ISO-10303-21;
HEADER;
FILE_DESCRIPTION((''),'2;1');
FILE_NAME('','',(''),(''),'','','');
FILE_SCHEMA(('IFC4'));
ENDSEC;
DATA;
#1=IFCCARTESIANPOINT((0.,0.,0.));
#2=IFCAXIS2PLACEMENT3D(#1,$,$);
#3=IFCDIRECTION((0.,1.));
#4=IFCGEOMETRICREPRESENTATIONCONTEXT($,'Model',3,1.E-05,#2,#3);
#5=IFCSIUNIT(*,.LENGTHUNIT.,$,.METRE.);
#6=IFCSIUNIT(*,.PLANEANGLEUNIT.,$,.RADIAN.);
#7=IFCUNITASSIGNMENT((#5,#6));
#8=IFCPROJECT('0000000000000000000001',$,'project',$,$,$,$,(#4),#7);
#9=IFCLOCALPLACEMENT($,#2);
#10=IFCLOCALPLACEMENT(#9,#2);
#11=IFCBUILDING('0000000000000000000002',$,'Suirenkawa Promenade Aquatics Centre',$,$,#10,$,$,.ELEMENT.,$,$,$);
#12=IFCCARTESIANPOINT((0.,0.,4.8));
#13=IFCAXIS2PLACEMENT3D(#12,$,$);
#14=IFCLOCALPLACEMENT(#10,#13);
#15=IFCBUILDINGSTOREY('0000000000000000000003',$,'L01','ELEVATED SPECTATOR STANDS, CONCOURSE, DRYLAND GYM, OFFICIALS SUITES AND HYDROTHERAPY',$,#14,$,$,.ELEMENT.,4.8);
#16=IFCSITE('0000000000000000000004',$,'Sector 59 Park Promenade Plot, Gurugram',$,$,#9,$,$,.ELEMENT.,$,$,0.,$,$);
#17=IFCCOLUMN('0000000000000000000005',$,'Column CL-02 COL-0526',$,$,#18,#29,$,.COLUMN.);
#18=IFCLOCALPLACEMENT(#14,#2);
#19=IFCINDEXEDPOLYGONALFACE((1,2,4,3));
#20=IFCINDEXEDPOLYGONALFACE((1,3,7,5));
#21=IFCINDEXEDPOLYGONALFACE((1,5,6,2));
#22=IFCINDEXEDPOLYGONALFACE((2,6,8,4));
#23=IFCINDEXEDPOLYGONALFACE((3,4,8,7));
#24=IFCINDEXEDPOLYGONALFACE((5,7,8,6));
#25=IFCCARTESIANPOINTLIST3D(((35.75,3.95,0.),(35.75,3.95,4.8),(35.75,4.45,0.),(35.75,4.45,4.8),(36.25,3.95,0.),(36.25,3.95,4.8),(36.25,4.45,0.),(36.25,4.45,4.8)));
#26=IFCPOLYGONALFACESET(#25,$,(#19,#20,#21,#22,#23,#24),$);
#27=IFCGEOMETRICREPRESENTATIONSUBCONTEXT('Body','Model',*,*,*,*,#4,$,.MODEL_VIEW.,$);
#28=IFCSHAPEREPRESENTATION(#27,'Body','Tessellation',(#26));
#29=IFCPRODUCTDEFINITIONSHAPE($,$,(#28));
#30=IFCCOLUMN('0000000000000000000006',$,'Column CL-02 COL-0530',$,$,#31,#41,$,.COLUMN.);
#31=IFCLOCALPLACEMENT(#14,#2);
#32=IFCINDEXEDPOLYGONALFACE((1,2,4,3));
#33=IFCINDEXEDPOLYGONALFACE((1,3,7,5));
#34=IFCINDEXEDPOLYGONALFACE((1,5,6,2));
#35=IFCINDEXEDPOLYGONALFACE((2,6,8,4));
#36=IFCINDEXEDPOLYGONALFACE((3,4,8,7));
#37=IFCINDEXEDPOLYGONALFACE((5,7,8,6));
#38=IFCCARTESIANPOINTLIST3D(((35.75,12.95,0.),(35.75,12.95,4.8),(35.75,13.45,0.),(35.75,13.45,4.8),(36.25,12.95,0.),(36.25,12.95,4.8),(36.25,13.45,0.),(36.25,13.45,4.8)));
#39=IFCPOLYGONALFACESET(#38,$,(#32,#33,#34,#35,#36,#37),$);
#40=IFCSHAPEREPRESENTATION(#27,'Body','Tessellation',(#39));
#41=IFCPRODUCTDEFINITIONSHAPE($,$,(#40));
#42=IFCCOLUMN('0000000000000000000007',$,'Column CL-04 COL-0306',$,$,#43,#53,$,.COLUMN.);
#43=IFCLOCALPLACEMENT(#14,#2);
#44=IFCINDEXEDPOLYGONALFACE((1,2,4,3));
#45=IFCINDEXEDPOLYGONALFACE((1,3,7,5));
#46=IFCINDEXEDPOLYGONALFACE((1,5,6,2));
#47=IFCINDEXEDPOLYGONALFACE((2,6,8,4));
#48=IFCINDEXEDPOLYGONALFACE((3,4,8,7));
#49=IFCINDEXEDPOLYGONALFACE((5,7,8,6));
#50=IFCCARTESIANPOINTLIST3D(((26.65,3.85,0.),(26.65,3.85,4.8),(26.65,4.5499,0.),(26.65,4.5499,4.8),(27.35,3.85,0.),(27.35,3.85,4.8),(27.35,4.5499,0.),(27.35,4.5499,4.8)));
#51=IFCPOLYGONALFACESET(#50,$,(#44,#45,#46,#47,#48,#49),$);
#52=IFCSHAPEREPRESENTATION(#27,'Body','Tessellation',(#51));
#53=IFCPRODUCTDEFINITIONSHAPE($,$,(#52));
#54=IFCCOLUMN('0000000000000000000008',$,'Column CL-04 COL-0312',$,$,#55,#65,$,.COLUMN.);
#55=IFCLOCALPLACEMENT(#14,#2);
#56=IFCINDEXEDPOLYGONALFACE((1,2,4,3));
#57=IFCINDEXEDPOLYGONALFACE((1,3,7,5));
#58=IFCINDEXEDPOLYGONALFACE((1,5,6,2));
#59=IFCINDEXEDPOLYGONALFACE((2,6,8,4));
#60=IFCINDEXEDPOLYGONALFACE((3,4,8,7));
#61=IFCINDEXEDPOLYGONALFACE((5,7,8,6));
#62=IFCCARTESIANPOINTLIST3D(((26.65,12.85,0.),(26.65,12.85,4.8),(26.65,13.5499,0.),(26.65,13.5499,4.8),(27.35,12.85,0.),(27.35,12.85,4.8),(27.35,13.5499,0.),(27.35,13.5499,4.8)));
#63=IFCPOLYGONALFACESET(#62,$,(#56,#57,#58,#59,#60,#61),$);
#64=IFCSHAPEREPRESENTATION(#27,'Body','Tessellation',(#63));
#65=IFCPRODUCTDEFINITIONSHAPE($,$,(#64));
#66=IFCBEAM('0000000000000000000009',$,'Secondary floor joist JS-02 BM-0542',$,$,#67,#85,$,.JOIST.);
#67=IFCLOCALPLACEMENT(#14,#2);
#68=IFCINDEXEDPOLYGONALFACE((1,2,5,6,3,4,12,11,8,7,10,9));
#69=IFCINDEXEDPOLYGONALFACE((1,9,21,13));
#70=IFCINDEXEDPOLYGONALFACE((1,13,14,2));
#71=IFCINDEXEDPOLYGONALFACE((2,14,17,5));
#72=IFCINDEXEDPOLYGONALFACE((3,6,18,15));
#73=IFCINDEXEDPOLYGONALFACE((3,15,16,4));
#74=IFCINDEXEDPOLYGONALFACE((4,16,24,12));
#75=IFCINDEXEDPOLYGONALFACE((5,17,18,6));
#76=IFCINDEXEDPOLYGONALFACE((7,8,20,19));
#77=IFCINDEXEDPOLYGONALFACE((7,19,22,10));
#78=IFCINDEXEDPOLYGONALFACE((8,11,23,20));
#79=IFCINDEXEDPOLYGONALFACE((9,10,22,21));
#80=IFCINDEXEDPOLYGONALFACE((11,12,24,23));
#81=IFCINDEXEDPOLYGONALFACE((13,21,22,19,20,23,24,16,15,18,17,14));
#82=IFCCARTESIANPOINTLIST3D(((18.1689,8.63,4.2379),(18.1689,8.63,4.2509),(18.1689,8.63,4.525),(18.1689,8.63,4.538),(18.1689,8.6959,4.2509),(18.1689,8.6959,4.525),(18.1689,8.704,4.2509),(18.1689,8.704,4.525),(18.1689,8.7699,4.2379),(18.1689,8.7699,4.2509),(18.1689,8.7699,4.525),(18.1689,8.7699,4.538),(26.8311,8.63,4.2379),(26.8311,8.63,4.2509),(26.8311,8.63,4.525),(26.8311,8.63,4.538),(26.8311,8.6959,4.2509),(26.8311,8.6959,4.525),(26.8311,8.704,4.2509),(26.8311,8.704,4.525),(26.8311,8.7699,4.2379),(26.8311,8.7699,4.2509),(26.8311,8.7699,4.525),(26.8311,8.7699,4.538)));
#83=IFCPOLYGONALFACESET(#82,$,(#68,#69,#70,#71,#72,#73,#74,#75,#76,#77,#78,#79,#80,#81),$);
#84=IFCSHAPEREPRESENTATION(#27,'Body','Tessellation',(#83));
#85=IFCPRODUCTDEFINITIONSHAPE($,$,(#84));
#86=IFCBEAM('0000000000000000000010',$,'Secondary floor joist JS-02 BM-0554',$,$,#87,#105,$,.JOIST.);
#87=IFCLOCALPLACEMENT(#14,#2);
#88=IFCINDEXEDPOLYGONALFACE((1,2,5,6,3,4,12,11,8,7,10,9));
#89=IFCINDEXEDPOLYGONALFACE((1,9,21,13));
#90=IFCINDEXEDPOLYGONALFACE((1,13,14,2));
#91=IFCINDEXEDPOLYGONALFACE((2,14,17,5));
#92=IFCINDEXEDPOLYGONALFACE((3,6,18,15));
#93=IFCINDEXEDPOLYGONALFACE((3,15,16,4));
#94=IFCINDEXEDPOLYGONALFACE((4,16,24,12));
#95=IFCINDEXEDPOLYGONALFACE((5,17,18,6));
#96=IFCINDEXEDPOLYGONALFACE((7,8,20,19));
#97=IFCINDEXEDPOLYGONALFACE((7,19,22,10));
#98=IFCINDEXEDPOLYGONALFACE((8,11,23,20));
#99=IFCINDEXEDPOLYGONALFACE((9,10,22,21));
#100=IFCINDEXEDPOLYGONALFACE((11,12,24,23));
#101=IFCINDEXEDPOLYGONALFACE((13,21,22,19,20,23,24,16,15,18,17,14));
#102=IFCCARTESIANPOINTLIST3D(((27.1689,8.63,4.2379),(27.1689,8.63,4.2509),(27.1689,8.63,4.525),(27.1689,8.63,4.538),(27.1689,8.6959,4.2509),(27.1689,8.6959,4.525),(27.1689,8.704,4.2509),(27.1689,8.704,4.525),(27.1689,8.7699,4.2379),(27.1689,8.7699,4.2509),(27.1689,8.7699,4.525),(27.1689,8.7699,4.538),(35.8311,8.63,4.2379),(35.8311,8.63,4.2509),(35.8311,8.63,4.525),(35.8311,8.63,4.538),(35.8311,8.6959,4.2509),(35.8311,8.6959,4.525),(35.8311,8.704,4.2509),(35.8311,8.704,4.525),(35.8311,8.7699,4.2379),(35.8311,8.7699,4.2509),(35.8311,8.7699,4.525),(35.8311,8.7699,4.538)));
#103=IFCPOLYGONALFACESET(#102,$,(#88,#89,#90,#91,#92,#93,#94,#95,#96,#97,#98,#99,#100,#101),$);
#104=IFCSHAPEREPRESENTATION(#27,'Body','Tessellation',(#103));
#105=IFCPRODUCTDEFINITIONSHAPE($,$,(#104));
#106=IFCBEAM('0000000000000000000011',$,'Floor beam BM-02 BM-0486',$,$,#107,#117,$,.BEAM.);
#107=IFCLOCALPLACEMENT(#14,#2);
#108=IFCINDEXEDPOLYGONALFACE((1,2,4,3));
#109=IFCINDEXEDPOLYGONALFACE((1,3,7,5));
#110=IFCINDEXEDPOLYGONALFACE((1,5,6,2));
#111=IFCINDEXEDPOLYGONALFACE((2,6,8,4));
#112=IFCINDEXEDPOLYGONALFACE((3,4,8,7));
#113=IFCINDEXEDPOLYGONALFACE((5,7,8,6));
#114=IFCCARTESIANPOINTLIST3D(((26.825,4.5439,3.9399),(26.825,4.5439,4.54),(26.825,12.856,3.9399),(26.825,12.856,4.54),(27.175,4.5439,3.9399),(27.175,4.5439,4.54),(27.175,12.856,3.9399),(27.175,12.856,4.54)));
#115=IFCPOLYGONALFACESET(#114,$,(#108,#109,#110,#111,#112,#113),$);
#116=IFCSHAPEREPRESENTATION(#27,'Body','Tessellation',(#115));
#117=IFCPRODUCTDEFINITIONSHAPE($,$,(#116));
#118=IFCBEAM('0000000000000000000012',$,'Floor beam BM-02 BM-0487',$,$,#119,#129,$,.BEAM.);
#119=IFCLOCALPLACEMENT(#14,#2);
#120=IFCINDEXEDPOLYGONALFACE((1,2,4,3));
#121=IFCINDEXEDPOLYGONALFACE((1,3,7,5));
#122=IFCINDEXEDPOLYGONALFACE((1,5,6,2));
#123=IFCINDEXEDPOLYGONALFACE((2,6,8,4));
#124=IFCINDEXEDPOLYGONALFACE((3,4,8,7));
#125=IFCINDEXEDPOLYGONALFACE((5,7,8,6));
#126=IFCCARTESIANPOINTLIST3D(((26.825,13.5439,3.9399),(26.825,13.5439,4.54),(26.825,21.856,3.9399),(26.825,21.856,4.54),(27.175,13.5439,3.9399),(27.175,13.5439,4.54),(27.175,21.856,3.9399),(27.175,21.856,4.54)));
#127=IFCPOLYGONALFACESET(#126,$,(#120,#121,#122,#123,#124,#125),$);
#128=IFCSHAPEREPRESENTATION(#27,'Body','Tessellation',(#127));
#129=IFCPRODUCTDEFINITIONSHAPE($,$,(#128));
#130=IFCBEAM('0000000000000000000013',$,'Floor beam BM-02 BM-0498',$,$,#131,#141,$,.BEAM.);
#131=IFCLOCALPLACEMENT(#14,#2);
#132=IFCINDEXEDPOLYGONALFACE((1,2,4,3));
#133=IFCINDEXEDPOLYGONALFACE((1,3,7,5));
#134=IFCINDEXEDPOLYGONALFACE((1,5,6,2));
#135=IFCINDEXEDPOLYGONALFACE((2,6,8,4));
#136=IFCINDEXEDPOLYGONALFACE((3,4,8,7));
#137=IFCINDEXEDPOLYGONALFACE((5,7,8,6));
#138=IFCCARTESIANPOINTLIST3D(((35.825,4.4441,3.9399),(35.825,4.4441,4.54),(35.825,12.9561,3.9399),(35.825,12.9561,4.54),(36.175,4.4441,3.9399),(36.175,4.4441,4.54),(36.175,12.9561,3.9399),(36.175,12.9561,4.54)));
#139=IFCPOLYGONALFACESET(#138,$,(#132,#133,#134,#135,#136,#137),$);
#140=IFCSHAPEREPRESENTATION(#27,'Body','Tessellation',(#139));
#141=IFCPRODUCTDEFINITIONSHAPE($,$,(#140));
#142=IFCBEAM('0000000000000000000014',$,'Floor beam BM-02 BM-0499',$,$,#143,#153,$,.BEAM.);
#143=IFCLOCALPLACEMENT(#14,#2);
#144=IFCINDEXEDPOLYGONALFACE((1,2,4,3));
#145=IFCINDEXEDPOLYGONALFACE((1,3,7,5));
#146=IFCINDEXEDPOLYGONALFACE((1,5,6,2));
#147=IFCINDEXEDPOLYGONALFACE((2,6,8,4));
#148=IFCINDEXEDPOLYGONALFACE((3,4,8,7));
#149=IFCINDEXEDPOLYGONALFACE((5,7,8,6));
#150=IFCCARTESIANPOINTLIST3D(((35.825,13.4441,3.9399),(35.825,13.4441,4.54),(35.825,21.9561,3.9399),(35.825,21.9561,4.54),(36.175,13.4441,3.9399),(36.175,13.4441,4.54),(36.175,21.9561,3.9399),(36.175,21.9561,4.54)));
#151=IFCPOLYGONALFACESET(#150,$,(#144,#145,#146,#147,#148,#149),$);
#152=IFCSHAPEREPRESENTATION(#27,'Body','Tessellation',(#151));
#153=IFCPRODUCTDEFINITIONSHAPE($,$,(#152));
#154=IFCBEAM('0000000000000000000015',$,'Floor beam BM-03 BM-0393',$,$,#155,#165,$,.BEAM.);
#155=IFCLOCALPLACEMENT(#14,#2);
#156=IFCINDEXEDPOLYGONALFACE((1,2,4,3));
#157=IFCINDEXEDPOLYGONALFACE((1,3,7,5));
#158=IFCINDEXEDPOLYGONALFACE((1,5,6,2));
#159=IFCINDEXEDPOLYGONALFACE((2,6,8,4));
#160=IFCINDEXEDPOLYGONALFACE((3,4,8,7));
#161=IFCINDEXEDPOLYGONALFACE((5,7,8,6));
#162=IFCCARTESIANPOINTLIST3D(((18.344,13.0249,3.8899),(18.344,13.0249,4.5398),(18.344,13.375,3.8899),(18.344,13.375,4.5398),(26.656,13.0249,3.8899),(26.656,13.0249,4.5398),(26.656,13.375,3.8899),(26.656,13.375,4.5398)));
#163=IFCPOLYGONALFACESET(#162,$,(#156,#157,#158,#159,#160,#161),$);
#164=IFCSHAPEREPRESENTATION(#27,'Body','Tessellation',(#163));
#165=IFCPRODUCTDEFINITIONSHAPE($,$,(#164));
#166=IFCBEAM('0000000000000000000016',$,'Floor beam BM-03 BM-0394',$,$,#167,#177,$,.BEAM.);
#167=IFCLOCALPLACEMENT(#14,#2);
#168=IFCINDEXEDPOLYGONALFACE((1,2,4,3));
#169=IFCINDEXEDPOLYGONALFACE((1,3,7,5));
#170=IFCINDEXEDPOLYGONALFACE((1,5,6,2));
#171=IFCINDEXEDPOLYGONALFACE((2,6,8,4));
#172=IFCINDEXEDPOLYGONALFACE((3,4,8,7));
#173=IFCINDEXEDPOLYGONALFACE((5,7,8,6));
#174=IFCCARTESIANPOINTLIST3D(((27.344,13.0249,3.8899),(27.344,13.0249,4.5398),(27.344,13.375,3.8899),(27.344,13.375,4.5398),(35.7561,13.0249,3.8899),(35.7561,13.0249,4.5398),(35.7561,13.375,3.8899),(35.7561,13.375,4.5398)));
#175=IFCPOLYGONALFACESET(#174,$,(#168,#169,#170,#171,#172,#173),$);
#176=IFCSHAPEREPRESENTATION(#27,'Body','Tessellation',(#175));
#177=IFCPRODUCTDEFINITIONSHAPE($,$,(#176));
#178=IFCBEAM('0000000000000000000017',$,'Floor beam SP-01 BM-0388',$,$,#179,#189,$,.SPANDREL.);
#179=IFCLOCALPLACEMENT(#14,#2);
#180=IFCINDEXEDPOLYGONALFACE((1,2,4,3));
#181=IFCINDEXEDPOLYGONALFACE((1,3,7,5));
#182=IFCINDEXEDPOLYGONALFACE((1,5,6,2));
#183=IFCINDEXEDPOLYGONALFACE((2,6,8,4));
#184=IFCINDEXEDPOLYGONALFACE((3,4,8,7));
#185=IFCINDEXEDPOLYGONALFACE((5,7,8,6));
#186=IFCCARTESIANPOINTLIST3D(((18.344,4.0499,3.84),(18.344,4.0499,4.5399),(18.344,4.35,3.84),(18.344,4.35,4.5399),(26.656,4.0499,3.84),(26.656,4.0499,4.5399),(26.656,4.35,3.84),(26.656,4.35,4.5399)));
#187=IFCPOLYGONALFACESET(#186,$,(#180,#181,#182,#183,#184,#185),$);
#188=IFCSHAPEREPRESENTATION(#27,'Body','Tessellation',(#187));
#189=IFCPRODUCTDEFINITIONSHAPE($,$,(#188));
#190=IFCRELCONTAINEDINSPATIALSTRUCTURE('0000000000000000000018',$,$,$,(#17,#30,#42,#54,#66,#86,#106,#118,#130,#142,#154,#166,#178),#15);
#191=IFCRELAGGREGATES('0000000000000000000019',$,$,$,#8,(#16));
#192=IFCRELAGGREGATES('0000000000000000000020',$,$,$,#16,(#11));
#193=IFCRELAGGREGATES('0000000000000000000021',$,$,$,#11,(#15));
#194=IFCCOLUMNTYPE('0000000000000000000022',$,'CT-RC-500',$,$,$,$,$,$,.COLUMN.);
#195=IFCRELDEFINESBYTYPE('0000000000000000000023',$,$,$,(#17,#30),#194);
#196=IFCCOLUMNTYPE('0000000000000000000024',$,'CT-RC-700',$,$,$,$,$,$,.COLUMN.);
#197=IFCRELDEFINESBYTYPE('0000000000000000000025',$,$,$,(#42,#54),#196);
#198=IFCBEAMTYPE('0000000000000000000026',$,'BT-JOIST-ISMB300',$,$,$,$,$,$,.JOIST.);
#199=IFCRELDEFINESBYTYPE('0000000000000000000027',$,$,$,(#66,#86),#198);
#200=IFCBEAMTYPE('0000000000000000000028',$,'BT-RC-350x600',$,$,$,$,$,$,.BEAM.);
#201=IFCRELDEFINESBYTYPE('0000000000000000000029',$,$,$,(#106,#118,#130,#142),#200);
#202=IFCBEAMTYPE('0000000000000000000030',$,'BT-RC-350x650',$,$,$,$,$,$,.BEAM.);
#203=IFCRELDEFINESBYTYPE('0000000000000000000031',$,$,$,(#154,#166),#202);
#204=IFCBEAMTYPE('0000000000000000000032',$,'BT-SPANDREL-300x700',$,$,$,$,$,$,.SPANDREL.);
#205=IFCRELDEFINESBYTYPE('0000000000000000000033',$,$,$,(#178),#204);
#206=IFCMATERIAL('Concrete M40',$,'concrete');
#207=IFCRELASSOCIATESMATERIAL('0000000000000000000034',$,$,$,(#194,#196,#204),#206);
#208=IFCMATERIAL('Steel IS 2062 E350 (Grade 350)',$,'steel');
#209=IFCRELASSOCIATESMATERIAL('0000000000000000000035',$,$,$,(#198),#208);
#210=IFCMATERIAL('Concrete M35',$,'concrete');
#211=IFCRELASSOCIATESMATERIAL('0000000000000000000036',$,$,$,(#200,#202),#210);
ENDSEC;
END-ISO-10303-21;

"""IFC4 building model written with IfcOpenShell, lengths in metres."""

from ifc_helpers import new_model, si_unit, direction, frame, origin, origin_2d, place, context, subcontext, project, spatial, rectangle, i_section, extrude, material, material_profile, profile_set, type_object, element, save


model = new_model("IFC4")

# Units and contexts
model_context = context("Model", 3, precision=1e-05, world=origin(), true_north=direction((0.0, 1.0)))
body_context = subcontext(model_context, "Body", "Model", "MODEL_VIEW")
ifc_project = project(units=[si_unit("LENGTHUNIT", "METRE"), si_unit("PLANEANGLEUNIT", "RADIAN")], contexts=[model_context])

# Site, building, storey
site_placement = place(None, origin())
site = spatial("IfcSite", under=ifc_project, at=site_placement, Name="Sector 59 Park Promenade Plot, Gurugram", CompositionType="ELEMENT", RefElevation=0.0)
building_placement = place(site_placement, origin())
building = spatial("IfcBuilding", under=site, at=building_placement, Name="Suirenkawa Promenade Aquatics Centre", CompositionType="ELEMENT")
storey_placement = place(building_placement, frame((0.0, 0.0, 4.8)))
storey = spatial("IfcBuildingStorey", under=building, at=storey_placement, Name="L01", Description="ELEVATED SPECTATOR STANDS, CONCOURSE, DRYLAND GYM, OFFICIALS SUITES AND HYDROTHERAPY", CompositionType="ELEMENT", Elevation=4.8)

# Columns
ifc_material_1 = material(Name="Concrete M40", Category="concrete")
ifc_material_profile_1 = material_profile(ifc_material_1, rectangle(XDim=0.5, YDim=0.5, at=origin_2d()), Name="RC COL 500x500", Category="concrete")
ifc_profile_set_1 = profile_set([ifc_material_profile_1], Name="Concrete M40")
column_type_1 = type_object("IfcColumnType", Name="CT-RC-500", PredefinedType="COLUMN", material=ifc_profile_set_1)
for number, where, z_axis, x_axis, name in (
    (1, (36.0, 4.2, 0.0), (0.0, 0.0, 1.0), (1.0, 0.0, 0.0), "Column CL-02 COL-0526"),
    (2, (36.0, 13.2, 0.0), (0.0, 0.0, 1.0), (1.0, 0.0, 0.0), "Column CL-02 COL-0530"),
):
    element("IfcColumn", number, at=place(storey_placement, frame(where, z_axis=z_axis, x_axis=x_axis)), inside=storey, type_object=column_type_1, Name=name, PredefinedType="COLUMN", context=body_context, shape_type="SweptSolid", body=[
        extrude(rectangle(XDim=0.5, YDim=0.5, at=origin_2d()), origin(), (0.0, 0.0, 1.0), 4.8),
    ])
ifc_material_profile_2 = material_profile(ifc_material_1, rectangle(XDim=0.7, YDim=0.7, at=origin_2d()), Name="RC COL 700x700", Category="concrete")
ifc_profile_set_2 = profile_set([ifc_material_profile_2], Name="Concrete M40")
column_type_2 = type_object("IfcColumnType", Name="CT-RC-700", PredefinedType="COLUMN", material=ifc_profile_set_2)
for number, where, z_axis, x_axis, name in (
    (3, (27.0, 4.2, 0.0), (0.0, 0.0, 1.0), (1.0, 0.0, 0.0), "Column CL-04 COL-0306"),
    (4, (27.0, 13.2, 0.0), (0.0, 0.0, 1.0), (1.0, 0.0, 0.0), "Column CL-04 COL-0312"),
):
    element("IfcColumn", number, at=place(storey_placement, frame(where, z_axis=z_axis, x_axis=x_axis)), inside=storey, type_object=column_type_2, Name=name, PredefinedType="COLUMN", context=body_context, shape_type="SweptSolid", body=[
        extrude(rectangle(XDim=0.7, YDim=0.7, at=origin_2d()), origin(), (0.0, 0.0, 1.0), 4.8),
    ])

# Beams
ifc_material_2 = material(Name="Steel IS 2062 E350 (Grade 350)", Category="steel")
ifc_material_profile_3 = material_profile(ifc_material_2, i_section(OverallWidth=0.1399, OverallDepth=0.3, WebThickness=0.0081, FlangeThickness=0.0129, at=origin_2d()), Name="ISMB 300", Category="steel")
ifc_profile_set_3 = profile_set([ifc_material_profile_3], Name="Steel IS 2062 E350 (Grade 350)")
beam_type_1 = type_object("IfcBeamType", Name="BT-JOIST-ISMB300", PredefinedType="JOIST", material=ifc_profile_set_3)
for number, where, z_axis, x_axis, name in (
    (5, (18.1689, 8.7, 4.3879), (1.0, 0.0, 0.0), (0.0, 1.0, 0.0), "Secondary floor joist JS-02 BM-0542"),
    (6, (27.1689, 8.7, 4.3879), (1.0, 0.0, 0.0), (0.0, 1.0, 0.0), "Secondary floor joist JS-02 BM-0554"),
):
    element("IfcBeam", number, at=place(storey_placement, frame(where, z_axis=z_axis, x_axis=x_axis)), inside=storey, type_object=beam_type_1, Name=name, PredefinedType="JOIST", context=body_context, shape_type="SweptSolid", body=[
        extrude(i_section(OverallWidth=0.1399, OverallDepth=0.3, WebThickness=0.0081, FlangeThickness=0.0129, at=origin_2d()), origin(), (0.0, 0.0, 1.0), 8.6621),
    ])
ifc_material_3 = material(Name="Concrete M35", Category="concrete")
ifc_material_profile_4 = material_profile(ifc_material_3, rectangle(XDim=0.3501, YDim=0.6001, at=origin_2d()), Name="RC BM 350x600", Category="concrete")
ifc_profile_set_4 = profile_set([ifc_material_profile_4], Name="Concrete M35")
beam_type_2 = type_object("IfcBeamType", Name="BT-RC-350x600", PredefinedType="BEAM", material=ifc_profile_set_4)
for number, where, z_axis, x_axis, name in (
    (7, (27.0, 4.5439, 4.24), (0.0, 1.0, 0.0), (-1.0, 0.0, 0.0), "Floor beam BM-02 BM-0486"),
    (8, (27.0, 13.5439, 4.24), (0.0, 1.0, 0.0), (-1.0, 0.0, 0.0), "Floor beam BM-02 BM-0487"),
):
    element("IfcBeam", number, at=place(storey_placement, frame(where, z_axis=z_axis, x_axis=x_axis)), inside=storey, type_object=beam_type_2, Name=name, PredefinedType="BEAM", context=body_context, shape_type="SweptSolid", body=[
        extrude(rectangle(XDim=0.3501, YDim=0.6001, at=origin_2d()), origin(), (0.0, 0.0, 1.0), 8.312),
    ])
for number, where, z_axis, x_axis, name in (
    (9, (36.0, 4.4441, 4.24), (0.0, 1.0, 0.0), (-1.0, 0.0, 0.0), "Floor beam BM-02 BM-0498"),
    (10, (36.0, 13.4441, 4.24), (0.0, 1.0, 0.0), (-1.0, 0.0, 0.0), "Floor beam BM-02 BM-0499"),
):
    element("IfcBeam", number, at=place(storey_placement, frame(where, z_axis=z_axis, x_axis=x_axis)), inside=storey, type_object=beam_type_2, Name=name, PredefinedType="BEAM", context=body_context, shape_type="SweptSolid", body=[
        extrude(rectangle(XDim=0.3501, YDim=0.6001, at=origin_2d()), origin(), (0.0, 0.0, 1.0), 8.512),
    ])
ifc_material_profile_5 = material_profile(ifc_material_3, rectangle(XDim=0.3501, YDim=0.6499, at=origin_2d()), Name="RC BM 350x650", Category="concrete")
ifc_profile_set_5 = profile_set([ifc_material_profile_5], Name="Concrete M35")
beam_type_3 = type_object("IfcBeamType", Name="BT-RC-350x650", PredefinedType="BEAM", material=ifc_profile_set_5)
beam_1_placement = place(storey_placement, frame((18.344, 13.2, 4.2148), z_axis=(1.0, 0.0, 0.0), x_axis=(0.0, 1.0, 0.0)))
element("IfcBeam", 11, at=beam_1_placement, inside=storey, type_object=beam_type_3, Name="Floor beam BM-03 BM-0393", PredefinedType="BEAM", context=body_context, shape_type="SweptSolid", body=[
    extrude(rectangle(XDim=0.3501, YDim=0.6499, at=origin_2d()), origin(), (0.0, 0.0, 1.0), 8.312),
])
beam_2_placement = place(storey_placement, frame((27.344, 13.2, 4.2148), z_axis=(1.0, 0.0, 0.0), x_axis=(0.0, 1.0, 0.0)))
element("IfcBeam", 12, at=beam_2_placement, inside=storey, type_object=beam_type_3, Name="Floor beam BM-03 BM-0394", PredefinedType="BEAM", context=body_context, shape_type="SweptSolid", body=[
    extrude(rectangle(XDim=0.3501, YDim=0.6499, at=origin_2d()), origin(), (0.0, 0.0, 1.0), 8.4121),
])
ifc_material_profile_6 = material_profile(ifc_material_1, rectangle(XDim=0.3, YDim=0.7, at=origin_2d()), Name="RC SPANDREL 300x700", Category="concrete")
ifc_profile_set_6 = profile_set([ifc_material_profile_6], Name="Concrete M40")
beam_type_4 = type_object("IfcBeamType", Name="BT-SPANDREL-300x700", PredefinedType="SPANDREL", material=ifc_profile_set_6)
beam_3_placement = place(storey_placement, frame((18.344, 4.2, 4.1899), z_axis=(1.0, 0.0, 0.0), x_axis=(0.0, 1.0, 0.0)))
element("IfcBeam", 13, at=beam_3_placement, inside=storey, type_object=beam_type_4, Name="Floor beam SP-01 BM-0388", PredefinedType="SPANDREL", context=body_context, shape_type="SweptSolid", body=[
    extrude(rectangle(XDim=0.3, YDim=0.7, at=origin_2d()), origin(), (0.0, 0.0, 1.0), 8.312),
])

save(model, "model.ifc")
